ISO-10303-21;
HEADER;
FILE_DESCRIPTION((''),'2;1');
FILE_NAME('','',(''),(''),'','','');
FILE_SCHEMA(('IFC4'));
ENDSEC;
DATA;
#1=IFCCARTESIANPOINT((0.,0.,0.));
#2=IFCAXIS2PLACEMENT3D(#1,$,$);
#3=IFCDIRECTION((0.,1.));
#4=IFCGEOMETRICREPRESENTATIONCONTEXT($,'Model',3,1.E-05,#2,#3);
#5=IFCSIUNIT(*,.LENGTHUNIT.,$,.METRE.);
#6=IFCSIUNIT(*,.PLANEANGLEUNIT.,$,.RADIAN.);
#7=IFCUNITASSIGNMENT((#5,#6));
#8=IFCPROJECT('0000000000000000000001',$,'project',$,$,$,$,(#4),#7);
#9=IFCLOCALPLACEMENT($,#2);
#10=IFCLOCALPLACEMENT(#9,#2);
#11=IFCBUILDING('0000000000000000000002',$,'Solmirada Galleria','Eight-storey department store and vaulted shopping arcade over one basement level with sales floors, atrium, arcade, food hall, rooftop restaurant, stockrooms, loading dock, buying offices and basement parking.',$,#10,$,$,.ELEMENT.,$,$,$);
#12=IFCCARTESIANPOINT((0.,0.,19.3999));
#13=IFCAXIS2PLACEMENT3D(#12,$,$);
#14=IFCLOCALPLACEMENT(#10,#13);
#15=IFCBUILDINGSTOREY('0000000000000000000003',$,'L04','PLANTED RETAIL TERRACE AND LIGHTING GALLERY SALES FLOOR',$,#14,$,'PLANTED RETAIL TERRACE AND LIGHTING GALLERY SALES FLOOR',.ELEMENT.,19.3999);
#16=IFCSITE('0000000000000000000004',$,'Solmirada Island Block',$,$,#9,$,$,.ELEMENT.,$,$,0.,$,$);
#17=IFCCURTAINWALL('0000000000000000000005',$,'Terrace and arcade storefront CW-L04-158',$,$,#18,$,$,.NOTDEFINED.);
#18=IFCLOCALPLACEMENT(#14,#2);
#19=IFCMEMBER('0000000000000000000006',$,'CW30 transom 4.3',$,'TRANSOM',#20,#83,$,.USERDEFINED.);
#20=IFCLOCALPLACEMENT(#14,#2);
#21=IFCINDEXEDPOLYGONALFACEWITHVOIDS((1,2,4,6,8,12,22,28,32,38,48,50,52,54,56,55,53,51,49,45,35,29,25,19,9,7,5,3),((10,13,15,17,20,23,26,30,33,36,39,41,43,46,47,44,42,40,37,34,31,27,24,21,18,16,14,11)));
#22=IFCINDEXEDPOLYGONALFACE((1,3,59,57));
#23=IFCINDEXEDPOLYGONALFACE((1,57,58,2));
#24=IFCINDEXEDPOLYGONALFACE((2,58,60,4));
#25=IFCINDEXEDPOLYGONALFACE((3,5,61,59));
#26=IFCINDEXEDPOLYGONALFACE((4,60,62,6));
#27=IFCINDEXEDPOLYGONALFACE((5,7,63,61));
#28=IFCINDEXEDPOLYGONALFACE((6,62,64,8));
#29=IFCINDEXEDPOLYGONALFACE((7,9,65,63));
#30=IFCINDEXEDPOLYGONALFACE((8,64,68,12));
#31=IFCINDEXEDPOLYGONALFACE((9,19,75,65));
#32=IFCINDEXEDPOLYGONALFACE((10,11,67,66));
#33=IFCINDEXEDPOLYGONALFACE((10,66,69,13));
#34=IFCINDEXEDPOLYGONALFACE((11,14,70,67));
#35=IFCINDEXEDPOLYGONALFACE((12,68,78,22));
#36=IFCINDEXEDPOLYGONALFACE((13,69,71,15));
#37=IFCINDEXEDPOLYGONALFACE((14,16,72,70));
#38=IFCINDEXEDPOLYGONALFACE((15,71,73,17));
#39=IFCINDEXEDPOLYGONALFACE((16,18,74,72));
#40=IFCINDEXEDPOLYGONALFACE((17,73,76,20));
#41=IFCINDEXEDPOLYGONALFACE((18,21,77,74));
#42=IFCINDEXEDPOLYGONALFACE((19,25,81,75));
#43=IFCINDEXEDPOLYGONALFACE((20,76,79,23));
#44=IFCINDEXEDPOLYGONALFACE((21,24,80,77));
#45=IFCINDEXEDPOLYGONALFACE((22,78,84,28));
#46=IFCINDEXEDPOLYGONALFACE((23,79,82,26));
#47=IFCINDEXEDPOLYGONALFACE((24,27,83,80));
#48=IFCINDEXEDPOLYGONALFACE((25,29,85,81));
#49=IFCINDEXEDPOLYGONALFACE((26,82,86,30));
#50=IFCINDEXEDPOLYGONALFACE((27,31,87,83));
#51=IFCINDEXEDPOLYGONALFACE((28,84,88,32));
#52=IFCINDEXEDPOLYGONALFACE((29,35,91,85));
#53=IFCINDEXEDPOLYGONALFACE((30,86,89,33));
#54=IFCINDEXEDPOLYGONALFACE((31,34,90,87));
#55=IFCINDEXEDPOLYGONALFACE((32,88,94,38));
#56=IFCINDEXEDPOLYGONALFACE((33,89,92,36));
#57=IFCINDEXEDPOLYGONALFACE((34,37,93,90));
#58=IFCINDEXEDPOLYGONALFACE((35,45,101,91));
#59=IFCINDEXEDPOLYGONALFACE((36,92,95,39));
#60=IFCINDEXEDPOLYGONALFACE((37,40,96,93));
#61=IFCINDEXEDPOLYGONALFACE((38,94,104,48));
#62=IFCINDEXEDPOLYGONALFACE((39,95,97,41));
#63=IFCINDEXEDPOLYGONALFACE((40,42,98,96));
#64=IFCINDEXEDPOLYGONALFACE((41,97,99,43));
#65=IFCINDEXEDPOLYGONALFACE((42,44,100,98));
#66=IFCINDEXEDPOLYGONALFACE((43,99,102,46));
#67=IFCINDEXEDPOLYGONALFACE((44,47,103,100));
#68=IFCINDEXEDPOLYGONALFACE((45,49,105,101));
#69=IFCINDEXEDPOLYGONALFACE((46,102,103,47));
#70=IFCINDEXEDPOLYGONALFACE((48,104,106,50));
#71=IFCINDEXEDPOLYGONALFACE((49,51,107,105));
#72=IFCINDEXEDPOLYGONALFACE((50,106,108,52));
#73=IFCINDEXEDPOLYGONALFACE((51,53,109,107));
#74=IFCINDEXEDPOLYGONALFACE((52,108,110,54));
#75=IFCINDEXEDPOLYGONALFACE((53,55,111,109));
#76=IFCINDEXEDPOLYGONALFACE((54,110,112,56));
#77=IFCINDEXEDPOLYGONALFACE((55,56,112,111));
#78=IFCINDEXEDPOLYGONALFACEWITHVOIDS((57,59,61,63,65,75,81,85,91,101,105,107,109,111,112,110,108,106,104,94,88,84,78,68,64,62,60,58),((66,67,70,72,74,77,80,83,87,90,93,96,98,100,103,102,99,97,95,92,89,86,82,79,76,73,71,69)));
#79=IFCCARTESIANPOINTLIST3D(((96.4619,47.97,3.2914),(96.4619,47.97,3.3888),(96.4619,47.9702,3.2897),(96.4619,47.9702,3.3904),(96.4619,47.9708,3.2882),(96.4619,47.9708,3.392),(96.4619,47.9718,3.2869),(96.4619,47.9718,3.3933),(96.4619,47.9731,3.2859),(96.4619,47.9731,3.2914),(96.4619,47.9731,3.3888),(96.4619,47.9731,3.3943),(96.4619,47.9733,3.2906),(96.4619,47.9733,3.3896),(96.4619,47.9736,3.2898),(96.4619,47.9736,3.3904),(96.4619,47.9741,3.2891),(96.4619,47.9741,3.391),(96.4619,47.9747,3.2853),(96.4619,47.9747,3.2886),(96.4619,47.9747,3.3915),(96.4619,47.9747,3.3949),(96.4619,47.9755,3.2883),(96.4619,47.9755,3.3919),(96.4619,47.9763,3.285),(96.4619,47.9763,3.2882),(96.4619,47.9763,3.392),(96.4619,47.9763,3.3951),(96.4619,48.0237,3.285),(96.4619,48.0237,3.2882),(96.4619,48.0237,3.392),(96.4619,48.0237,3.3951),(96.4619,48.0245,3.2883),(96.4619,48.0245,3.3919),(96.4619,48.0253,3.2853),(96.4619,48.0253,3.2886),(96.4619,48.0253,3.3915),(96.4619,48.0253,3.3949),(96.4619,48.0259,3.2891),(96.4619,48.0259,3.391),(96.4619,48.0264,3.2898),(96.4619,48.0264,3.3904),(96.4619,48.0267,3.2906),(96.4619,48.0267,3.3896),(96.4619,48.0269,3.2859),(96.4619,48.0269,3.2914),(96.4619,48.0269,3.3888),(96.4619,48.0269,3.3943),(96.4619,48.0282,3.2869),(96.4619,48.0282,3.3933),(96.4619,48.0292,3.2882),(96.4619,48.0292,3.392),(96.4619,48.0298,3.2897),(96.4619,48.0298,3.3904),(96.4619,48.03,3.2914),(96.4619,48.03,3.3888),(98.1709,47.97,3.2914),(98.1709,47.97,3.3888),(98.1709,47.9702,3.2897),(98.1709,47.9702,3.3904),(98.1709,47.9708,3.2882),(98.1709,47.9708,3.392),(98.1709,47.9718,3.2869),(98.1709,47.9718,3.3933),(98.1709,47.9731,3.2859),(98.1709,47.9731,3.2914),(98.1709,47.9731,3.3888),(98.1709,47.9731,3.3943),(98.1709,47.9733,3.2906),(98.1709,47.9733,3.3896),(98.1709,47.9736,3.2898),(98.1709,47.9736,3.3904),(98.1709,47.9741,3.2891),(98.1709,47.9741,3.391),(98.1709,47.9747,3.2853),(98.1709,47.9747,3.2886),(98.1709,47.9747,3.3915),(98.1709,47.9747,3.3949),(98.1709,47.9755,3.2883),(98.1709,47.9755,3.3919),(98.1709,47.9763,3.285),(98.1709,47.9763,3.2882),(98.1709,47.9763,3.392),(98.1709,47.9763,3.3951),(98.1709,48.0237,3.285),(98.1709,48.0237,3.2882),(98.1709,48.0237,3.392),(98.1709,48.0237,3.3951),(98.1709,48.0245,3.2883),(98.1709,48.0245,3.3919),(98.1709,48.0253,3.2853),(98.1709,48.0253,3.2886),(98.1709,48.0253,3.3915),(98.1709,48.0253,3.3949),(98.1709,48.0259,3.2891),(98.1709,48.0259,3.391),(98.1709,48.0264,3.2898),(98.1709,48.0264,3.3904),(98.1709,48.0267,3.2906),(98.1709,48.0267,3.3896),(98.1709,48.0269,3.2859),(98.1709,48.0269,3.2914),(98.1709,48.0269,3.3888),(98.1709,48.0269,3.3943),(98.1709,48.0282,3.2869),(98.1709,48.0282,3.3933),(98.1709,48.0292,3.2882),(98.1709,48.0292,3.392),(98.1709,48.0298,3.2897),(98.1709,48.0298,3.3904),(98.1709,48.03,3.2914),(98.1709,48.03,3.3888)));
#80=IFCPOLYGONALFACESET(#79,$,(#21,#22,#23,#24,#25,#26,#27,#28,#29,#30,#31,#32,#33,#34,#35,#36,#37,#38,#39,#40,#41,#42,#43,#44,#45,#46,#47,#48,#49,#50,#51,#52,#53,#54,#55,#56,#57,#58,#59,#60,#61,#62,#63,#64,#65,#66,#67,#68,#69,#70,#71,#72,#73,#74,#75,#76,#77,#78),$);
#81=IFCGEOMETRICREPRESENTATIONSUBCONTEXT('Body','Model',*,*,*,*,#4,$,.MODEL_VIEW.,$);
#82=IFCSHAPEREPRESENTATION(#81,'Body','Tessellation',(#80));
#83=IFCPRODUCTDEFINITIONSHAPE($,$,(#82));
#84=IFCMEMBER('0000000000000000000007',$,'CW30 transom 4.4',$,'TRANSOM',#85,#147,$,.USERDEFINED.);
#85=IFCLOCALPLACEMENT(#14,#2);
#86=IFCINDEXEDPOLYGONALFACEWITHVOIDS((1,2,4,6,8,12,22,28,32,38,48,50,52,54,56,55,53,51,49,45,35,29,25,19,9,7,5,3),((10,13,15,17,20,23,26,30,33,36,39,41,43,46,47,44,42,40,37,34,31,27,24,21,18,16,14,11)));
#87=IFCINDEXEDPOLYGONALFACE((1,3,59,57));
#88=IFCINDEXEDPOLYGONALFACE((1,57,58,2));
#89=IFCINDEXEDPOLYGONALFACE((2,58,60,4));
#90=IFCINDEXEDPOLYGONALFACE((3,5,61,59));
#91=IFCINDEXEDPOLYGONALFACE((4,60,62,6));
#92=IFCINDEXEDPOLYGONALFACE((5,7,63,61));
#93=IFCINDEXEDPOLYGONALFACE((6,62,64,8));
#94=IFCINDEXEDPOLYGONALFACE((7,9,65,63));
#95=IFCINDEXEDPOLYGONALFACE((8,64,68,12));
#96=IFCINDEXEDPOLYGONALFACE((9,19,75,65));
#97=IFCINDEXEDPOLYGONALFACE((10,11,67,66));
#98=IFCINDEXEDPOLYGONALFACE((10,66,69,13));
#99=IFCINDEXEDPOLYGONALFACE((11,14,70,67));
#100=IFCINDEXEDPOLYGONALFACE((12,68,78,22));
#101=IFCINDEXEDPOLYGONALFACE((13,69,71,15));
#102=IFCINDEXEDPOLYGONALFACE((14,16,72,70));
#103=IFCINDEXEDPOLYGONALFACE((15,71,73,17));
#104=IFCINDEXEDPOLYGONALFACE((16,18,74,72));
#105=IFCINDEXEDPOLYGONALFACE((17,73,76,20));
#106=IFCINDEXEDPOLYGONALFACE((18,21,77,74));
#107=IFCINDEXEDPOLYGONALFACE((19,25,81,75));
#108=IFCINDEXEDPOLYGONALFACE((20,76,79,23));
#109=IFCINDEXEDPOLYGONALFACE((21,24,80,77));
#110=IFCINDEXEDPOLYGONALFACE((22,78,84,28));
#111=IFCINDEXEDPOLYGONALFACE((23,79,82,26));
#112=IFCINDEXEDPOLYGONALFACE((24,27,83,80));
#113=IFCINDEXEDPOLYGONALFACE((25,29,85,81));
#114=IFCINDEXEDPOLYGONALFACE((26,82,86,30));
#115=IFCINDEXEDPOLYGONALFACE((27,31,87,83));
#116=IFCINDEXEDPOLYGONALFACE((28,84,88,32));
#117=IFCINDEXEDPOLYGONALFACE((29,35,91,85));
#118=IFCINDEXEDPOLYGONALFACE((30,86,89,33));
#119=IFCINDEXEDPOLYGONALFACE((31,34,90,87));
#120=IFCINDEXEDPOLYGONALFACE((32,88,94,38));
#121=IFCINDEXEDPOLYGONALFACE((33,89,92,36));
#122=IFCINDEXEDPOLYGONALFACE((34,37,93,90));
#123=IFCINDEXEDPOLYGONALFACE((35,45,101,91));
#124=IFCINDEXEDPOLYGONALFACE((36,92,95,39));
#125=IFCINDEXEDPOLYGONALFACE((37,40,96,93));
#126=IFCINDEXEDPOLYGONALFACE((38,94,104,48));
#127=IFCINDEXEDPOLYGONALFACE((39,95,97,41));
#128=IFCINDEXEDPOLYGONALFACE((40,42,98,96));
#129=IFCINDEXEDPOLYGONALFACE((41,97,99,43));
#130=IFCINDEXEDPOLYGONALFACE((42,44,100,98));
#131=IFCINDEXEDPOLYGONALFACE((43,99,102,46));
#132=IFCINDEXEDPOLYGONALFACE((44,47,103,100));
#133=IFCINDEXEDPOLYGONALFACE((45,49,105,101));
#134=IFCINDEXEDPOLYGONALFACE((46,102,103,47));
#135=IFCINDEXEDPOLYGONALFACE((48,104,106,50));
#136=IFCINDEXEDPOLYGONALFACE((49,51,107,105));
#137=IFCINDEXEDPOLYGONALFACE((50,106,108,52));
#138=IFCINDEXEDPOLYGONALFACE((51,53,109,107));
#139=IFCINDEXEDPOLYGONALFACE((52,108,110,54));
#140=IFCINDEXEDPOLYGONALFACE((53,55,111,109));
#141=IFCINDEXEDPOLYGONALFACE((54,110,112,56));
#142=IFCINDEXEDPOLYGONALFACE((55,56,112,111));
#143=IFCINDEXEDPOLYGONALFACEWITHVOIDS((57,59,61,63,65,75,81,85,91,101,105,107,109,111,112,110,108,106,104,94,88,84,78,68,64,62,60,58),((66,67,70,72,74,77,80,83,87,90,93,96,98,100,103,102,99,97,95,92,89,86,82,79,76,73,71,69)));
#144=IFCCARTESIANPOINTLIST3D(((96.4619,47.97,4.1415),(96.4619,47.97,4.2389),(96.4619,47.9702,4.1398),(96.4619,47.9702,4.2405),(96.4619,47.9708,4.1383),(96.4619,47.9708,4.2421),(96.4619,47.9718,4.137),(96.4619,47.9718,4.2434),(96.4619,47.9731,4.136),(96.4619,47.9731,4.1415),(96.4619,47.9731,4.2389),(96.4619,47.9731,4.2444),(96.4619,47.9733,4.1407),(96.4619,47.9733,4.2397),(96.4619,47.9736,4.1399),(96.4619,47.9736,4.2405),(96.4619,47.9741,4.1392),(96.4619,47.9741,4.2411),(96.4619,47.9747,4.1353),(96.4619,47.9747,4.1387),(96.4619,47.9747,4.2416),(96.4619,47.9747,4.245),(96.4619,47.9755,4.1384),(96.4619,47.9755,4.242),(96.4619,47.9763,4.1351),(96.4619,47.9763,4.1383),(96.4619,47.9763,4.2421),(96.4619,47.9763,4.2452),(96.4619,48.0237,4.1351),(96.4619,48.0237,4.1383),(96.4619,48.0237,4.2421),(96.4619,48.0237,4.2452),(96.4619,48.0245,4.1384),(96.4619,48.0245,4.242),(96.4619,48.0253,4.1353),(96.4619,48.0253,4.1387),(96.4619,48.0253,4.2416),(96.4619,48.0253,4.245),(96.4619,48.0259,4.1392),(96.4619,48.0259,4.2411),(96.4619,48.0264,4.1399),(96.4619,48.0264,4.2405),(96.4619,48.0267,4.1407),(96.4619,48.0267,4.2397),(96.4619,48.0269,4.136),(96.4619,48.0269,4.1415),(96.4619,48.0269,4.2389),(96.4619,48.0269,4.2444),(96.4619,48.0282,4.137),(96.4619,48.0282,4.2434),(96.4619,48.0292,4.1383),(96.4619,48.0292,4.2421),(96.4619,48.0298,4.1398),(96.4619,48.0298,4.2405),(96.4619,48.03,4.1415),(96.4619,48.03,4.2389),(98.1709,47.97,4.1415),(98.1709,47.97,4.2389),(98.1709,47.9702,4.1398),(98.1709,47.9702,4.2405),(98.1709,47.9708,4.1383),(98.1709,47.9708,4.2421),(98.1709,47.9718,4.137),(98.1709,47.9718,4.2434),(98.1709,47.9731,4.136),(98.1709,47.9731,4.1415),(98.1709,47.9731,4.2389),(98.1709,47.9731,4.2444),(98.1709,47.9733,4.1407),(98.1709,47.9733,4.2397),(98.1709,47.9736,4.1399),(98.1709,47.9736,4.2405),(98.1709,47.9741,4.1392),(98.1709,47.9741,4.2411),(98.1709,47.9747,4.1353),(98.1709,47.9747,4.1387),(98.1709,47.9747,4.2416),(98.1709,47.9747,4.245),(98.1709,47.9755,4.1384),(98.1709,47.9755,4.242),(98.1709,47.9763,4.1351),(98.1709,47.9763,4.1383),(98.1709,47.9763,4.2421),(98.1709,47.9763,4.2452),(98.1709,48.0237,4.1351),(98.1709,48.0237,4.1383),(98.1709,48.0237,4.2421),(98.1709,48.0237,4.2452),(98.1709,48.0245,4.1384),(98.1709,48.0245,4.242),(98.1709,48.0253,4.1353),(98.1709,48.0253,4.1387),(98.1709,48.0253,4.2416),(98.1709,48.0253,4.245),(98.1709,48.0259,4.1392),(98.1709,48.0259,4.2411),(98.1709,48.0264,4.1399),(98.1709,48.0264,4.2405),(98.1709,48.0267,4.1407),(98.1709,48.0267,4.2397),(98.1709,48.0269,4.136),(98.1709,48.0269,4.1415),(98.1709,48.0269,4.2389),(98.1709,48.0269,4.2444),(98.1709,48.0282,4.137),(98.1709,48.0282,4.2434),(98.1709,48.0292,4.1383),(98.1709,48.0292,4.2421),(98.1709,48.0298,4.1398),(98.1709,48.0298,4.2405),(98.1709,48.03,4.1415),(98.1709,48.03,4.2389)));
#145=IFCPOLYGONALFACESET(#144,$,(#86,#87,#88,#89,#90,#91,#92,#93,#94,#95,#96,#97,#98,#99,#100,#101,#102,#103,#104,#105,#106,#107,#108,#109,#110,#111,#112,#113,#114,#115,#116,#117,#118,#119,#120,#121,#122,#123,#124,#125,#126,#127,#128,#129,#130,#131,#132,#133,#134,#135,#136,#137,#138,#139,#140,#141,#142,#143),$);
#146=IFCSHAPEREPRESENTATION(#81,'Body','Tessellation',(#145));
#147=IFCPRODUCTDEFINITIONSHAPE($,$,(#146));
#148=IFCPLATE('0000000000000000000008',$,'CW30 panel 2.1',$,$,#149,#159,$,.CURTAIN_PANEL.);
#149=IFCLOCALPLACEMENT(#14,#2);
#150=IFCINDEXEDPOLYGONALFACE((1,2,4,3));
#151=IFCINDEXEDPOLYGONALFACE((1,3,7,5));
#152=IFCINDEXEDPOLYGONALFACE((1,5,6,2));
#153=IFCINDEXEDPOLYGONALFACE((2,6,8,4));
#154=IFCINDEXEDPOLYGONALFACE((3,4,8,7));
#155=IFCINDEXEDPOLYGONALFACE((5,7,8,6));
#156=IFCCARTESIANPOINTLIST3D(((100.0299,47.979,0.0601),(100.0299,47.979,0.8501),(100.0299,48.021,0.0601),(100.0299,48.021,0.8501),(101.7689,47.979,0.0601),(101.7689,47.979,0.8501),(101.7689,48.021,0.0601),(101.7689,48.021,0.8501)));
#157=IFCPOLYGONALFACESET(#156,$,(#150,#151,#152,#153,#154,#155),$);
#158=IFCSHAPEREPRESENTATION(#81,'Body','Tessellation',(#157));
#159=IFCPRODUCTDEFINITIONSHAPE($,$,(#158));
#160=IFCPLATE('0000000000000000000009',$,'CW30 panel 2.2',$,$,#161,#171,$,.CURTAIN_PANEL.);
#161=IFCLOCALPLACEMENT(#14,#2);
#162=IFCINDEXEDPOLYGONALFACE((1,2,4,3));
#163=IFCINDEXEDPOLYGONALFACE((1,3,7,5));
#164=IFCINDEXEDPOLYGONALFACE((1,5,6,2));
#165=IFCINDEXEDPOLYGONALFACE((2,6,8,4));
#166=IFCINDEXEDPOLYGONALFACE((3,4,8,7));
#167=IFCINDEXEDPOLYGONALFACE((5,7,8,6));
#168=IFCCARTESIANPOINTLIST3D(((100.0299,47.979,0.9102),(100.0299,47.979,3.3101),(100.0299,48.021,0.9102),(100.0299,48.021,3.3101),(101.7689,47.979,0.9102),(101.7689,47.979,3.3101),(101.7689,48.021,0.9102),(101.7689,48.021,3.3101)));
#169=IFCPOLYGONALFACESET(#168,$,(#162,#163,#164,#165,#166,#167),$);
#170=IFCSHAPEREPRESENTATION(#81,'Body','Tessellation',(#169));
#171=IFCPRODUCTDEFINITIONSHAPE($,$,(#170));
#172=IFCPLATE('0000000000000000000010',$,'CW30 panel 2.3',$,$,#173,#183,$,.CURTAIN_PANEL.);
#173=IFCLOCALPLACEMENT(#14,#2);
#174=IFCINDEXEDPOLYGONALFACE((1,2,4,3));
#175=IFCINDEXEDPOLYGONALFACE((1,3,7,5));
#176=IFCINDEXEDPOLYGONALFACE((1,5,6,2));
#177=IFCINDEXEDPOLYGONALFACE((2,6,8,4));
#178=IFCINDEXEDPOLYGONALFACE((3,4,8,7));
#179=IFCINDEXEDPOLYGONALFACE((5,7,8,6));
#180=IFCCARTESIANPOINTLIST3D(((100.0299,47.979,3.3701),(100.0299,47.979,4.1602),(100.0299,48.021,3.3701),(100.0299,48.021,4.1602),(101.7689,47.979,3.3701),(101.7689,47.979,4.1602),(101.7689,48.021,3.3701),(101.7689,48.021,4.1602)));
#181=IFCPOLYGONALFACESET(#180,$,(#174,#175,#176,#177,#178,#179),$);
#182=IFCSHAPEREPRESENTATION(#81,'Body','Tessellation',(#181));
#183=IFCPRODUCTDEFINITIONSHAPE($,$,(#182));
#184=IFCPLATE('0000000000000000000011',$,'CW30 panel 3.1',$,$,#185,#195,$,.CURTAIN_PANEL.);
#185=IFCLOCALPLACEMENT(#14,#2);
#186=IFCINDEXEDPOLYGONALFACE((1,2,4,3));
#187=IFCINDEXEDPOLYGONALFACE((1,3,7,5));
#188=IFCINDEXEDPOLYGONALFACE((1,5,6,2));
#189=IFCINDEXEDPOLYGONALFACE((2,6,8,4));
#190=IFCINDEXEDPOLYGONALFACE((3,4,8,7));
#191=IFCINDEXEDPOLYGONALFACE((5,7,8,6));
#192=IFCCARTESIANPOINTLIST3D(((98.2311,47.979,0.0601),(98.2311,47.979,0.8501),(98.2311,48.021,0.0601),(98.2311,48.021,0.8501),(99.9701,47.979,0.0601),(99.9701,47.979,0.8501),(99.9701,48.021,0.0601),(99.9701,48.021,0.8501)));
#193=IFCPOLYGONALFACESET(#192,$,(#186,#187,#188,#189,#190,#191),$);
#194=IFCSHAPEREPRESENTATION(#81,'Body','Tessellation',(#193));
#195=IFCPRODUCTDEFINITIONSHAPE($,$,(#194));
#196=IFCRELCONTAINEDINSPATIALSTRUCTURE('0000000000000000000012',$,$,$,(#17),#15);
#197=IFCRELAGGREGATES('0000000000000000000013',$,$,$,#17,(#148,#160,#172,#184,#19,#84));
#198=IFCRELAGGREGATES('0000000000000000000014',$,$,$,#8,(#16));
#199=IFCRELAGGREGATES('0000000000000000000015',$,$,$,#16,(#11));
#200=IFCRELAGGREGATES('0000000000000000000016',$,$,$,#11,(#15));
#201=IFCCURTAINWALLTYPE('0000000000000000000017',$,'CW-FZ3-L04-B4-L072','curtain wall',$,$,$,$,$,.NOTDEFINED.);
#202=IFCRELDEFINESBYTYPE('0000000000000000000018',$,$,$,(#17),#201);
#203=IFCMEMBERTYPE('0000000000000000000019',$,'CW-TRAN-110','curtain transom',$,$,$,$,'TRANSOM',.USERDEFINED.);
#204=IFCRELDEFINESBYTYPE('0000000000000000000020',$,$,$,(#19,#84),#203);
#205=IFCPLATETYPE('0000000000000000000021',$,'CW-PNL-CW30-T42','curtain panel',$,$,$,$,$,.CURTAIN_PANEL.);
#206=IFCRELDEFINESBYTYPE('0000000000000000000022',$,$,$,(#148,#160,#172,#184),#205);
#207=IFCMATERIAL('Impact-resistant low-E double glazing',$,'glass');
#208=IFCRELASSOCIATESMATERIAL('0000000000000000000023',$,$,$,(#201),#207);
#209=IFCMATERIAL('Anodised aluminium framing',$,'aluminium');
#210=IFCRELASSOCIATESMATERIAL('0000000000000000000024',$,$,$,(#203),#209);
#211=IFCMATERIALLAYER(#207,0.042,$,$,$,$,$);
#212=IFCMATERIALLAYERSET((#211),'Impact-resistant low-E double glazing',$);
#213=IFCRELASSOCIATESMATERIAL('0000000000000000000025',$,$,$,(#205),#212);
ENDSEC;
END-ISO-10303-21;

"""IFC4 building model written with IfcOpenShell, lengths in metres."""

from ifc_helpers import new_model, si_unit, direction, frame, origin, origin_2d, place, context, subcontext, project, spatial, rectangle, hollow_rectangle, extrude, material, layer, layer_set, material_profile, profile_set, type_object, element, aggregate, save


model = new_model("IFC4")

# Units and contexts
model_context = context("Model", 3, precision=1e-05, world=origin(), true_north=direction((0.0, 1.0)))
body_context = subcontext(model_context, "Body", "Model", "MODEL_VIEW")
ifc_project = project(units=[si_unit("LENGTHUNIT", "METRE"), si_unit("PLANEANGLEUNIT", "RADIAN")], contexts=[model_context])

# Site, building, storey
site_placement = place(None, origin())
site = spatial("IfcSite", under=ifc_project, at=site_placement, Name="Solmirada Island Block", CompositionType="ELEMENT", RefElevation=0.0)
building_placement = place(site_placement, origin())
building = spatial("IfcBuilding", under=site, at=building_placement, Name="Solmirada Galleria", Description="Eight-storey department store and vaulted shopping arcade over one basement level with sales floors, atrium, arcade, food hall, rooftop restaurant, stockrooms, loading dock, buying offices and basement parking.", CompositionType="ELEMENT")
storey_placement = place(building_placement, frame((0.0, 0.0, 19.3999)))
storey = spatial("IfcBuildingStorey", under=building, at=storey_placement, Name="L04", Description="PLANTED RETAIL TERRACE AND LIGHTING GALLERY SALES FLOOR", LongName="PLANTED RETAIL TERRACE AND LIGHTING GALLERY SALES FLOOR", CompositionType="ELEMENT", Elevation=19.3999)

# Curtain wall, members, plates
ifc_material_1 = material(Name="Impact-resistant low-E double glazing", Category="glass")
curtain_wall_type = type_object("IfcCurtainWallType", Name="CW-FZ3-L04-B4-L072", Description="curtain wall", PredefinedType="NOTDEFINED", material=ifc_material_1)
curtain_wall_placement = place(storey_placement, origin())
curtain_wall = element("IfcCurtainWall", 1, at=curtain_wall_placement, inside=storey, type_object=curtain_wall_type, Name="Terrace and arcade storefront CW-L04-158", PredefinedType="NOTDEFINED")
ifc_material_2 = material(Name="Anodised aluminium framing", Category="aluminium")
ifc_material_profile_1 = material_profile(ifc_material_2, hollow_rectangle(XDim=0.0601, YDim=0.1101, WallThickness=0.0032, InnerFilletRadius=0.0032, OuterFilletRadius=0.0063, at=origin_2d()), Name="ALU-TRAN-110X60")
ifc_profile_set_1 = profile_set([ifc_material_profile_1], Name="Anodised aluminium framing")
member_type_1 = type_object("IfcMemberType", Name="CW-TRAN-110", Description="curtain transom", ElementType="TRANSOM", PredefinedType="USERDEFINED", material=ifc_profile_set_1)
member_1_placement = place(storey_placement, frame((98.1709, 48.0, 3.3401), z_axis=(-1.0, 0.0, 0.0), x_axis=(0.0, -1.0, 0.0)))
member_1 = element("IfcMember", 2, at=member_1_placement, type_object=member_type_1, Name="CW30 transom 4.3", ObjectType="TRANSOM", PredefinedType="USERDEFINED", context=body_context, shape_type="SweptSolid", body=[
    extrude(hollow_rectangle(XDim=0.0601, YDim=0.1101, WallThickness=0.0032, InnerFilletRadius=0.0032, OuterFilletRadius=0.0063, at=origin_2d()), origin(), (0.0, 0.0, 1.0), 1.709),
])
member_2_placement = place(storey_placement, frame((98.1709, 48.0, 4.1902), z_axis=(-1.0, 0.0, 0.0), x_axis=(0.0, -1.0, 0.0)))
member_2 = element("IfcMember", 3, at=member_2_placement, type_object=member_type_1, Name="CW30 transom 4.4", ObjectType="TRANSOM", PredefinedType="USERDEFINED", context=body_context, shape_type="SweptSolid", body=[
    extrude(hollow_rectangle(XDim=0.0601, YDim=0.1101, WallThickness=0.0032, InnerFilletRadius=0.0032, OuterFilletRadius=0.0063, at=origin_2d()), origin(), (0.0, 0.0, 1.0), 1.709),
])
ifc_layer_1 = layer(ifc_material_1, 0.042)
ifc_layer_set_1 = layer_set([ifc_layer_1], Name="Impact-resistant low-E double glazing")
plate_type = type_object("IfcPlateType", Name="CW-PNL-CW30-T42", Description="curtain panel", PredefinedType="CURTAIN_PANEL", material=ifc_layer_set_1)
plate_1_placement = place(storey_placement, frame((100.8994, 48.0, 0.0601), z_axis=(0.0, 0.0, 1.0), x_axis=(-1.0, 0.0, 0.0)))
plate_1 = element("IfcPlate", 4, at=plate_1_placement, type_object=plate_type, Name="CW30 panel 2.1", PredefinedType="CURTAIN_PANEL", context=body_context, shape_type="SweptSolid", body=[
    extrude(rectangle(XDim=1.739, YDim=0.042, at=origin_2d()), origin(), (0.0, 0.0, 1.0), 0.79),
])
plate_2_placement = place(storey_placement, frame((100.8994, 48.0, 0.9102), z_axis=(0.0, 0.0, 1.0), x_axis=(-1.0, 0.0, 0.0)))
plate_2 = element("IfcPlate", 5, at=plate_2_placement, type_object=plate_type, Name="CW30 panel 2.2", PredefinedType="CURTAIN_PANEL", context=body_context, shape_type="SweptSolid", body=[
    extrude(rectangle(XDim=1.739, YDim=0.042, at=origin_2d()), origin(), (0.0, 0.0, 1.0), 2.3999),
])
plate_3_placement = place(storey_placement, frame((100.8994, 48.0, 3.3701), z_axis=(0.0, 0.0, 1.0), x_axis=(-1.0, 0.0, 0.0)))
plate_3 = element("IfcPlate", 6, at=plate_3_placement, type_object=plate_type, Name="CW30 panel 2.3", PredefinedType="CURTAIN_PANEL", context=body_context, shape_type="SweptSolid", body=[
    extrude(rectangle(XDim=1.739, YDim=0.042, at=origin_2d()), origin(), (0.0, 0.0, 1.0), 0.79),
])
plate_4_placement = place(storey_placement, frame((99.1006, 48.0, 0.0601), z_axis=(0.0, 0.0, 1.0), x_axis=(-1.0, 0.0, 0.0)))
plate_4 = element("IfcPlate", 7, at=plate_4_placement, type_object=plate_type, Name="CW30 panel 3.1", PredefinedType="CURTAIN_PANEL", context=body_context, shape_type="SweptSolid", body=[
    extrude(rectangle(XDim=1.739, YDim=0.042, at=origin_2d()), origin(), (0.0, 0.0, 1.0), 0.79),
])
aggregate(curtain_wall, [plate_1, plate_2, plate_3, plate_4, member_1, member_2])

save(model, "model.ifc")
